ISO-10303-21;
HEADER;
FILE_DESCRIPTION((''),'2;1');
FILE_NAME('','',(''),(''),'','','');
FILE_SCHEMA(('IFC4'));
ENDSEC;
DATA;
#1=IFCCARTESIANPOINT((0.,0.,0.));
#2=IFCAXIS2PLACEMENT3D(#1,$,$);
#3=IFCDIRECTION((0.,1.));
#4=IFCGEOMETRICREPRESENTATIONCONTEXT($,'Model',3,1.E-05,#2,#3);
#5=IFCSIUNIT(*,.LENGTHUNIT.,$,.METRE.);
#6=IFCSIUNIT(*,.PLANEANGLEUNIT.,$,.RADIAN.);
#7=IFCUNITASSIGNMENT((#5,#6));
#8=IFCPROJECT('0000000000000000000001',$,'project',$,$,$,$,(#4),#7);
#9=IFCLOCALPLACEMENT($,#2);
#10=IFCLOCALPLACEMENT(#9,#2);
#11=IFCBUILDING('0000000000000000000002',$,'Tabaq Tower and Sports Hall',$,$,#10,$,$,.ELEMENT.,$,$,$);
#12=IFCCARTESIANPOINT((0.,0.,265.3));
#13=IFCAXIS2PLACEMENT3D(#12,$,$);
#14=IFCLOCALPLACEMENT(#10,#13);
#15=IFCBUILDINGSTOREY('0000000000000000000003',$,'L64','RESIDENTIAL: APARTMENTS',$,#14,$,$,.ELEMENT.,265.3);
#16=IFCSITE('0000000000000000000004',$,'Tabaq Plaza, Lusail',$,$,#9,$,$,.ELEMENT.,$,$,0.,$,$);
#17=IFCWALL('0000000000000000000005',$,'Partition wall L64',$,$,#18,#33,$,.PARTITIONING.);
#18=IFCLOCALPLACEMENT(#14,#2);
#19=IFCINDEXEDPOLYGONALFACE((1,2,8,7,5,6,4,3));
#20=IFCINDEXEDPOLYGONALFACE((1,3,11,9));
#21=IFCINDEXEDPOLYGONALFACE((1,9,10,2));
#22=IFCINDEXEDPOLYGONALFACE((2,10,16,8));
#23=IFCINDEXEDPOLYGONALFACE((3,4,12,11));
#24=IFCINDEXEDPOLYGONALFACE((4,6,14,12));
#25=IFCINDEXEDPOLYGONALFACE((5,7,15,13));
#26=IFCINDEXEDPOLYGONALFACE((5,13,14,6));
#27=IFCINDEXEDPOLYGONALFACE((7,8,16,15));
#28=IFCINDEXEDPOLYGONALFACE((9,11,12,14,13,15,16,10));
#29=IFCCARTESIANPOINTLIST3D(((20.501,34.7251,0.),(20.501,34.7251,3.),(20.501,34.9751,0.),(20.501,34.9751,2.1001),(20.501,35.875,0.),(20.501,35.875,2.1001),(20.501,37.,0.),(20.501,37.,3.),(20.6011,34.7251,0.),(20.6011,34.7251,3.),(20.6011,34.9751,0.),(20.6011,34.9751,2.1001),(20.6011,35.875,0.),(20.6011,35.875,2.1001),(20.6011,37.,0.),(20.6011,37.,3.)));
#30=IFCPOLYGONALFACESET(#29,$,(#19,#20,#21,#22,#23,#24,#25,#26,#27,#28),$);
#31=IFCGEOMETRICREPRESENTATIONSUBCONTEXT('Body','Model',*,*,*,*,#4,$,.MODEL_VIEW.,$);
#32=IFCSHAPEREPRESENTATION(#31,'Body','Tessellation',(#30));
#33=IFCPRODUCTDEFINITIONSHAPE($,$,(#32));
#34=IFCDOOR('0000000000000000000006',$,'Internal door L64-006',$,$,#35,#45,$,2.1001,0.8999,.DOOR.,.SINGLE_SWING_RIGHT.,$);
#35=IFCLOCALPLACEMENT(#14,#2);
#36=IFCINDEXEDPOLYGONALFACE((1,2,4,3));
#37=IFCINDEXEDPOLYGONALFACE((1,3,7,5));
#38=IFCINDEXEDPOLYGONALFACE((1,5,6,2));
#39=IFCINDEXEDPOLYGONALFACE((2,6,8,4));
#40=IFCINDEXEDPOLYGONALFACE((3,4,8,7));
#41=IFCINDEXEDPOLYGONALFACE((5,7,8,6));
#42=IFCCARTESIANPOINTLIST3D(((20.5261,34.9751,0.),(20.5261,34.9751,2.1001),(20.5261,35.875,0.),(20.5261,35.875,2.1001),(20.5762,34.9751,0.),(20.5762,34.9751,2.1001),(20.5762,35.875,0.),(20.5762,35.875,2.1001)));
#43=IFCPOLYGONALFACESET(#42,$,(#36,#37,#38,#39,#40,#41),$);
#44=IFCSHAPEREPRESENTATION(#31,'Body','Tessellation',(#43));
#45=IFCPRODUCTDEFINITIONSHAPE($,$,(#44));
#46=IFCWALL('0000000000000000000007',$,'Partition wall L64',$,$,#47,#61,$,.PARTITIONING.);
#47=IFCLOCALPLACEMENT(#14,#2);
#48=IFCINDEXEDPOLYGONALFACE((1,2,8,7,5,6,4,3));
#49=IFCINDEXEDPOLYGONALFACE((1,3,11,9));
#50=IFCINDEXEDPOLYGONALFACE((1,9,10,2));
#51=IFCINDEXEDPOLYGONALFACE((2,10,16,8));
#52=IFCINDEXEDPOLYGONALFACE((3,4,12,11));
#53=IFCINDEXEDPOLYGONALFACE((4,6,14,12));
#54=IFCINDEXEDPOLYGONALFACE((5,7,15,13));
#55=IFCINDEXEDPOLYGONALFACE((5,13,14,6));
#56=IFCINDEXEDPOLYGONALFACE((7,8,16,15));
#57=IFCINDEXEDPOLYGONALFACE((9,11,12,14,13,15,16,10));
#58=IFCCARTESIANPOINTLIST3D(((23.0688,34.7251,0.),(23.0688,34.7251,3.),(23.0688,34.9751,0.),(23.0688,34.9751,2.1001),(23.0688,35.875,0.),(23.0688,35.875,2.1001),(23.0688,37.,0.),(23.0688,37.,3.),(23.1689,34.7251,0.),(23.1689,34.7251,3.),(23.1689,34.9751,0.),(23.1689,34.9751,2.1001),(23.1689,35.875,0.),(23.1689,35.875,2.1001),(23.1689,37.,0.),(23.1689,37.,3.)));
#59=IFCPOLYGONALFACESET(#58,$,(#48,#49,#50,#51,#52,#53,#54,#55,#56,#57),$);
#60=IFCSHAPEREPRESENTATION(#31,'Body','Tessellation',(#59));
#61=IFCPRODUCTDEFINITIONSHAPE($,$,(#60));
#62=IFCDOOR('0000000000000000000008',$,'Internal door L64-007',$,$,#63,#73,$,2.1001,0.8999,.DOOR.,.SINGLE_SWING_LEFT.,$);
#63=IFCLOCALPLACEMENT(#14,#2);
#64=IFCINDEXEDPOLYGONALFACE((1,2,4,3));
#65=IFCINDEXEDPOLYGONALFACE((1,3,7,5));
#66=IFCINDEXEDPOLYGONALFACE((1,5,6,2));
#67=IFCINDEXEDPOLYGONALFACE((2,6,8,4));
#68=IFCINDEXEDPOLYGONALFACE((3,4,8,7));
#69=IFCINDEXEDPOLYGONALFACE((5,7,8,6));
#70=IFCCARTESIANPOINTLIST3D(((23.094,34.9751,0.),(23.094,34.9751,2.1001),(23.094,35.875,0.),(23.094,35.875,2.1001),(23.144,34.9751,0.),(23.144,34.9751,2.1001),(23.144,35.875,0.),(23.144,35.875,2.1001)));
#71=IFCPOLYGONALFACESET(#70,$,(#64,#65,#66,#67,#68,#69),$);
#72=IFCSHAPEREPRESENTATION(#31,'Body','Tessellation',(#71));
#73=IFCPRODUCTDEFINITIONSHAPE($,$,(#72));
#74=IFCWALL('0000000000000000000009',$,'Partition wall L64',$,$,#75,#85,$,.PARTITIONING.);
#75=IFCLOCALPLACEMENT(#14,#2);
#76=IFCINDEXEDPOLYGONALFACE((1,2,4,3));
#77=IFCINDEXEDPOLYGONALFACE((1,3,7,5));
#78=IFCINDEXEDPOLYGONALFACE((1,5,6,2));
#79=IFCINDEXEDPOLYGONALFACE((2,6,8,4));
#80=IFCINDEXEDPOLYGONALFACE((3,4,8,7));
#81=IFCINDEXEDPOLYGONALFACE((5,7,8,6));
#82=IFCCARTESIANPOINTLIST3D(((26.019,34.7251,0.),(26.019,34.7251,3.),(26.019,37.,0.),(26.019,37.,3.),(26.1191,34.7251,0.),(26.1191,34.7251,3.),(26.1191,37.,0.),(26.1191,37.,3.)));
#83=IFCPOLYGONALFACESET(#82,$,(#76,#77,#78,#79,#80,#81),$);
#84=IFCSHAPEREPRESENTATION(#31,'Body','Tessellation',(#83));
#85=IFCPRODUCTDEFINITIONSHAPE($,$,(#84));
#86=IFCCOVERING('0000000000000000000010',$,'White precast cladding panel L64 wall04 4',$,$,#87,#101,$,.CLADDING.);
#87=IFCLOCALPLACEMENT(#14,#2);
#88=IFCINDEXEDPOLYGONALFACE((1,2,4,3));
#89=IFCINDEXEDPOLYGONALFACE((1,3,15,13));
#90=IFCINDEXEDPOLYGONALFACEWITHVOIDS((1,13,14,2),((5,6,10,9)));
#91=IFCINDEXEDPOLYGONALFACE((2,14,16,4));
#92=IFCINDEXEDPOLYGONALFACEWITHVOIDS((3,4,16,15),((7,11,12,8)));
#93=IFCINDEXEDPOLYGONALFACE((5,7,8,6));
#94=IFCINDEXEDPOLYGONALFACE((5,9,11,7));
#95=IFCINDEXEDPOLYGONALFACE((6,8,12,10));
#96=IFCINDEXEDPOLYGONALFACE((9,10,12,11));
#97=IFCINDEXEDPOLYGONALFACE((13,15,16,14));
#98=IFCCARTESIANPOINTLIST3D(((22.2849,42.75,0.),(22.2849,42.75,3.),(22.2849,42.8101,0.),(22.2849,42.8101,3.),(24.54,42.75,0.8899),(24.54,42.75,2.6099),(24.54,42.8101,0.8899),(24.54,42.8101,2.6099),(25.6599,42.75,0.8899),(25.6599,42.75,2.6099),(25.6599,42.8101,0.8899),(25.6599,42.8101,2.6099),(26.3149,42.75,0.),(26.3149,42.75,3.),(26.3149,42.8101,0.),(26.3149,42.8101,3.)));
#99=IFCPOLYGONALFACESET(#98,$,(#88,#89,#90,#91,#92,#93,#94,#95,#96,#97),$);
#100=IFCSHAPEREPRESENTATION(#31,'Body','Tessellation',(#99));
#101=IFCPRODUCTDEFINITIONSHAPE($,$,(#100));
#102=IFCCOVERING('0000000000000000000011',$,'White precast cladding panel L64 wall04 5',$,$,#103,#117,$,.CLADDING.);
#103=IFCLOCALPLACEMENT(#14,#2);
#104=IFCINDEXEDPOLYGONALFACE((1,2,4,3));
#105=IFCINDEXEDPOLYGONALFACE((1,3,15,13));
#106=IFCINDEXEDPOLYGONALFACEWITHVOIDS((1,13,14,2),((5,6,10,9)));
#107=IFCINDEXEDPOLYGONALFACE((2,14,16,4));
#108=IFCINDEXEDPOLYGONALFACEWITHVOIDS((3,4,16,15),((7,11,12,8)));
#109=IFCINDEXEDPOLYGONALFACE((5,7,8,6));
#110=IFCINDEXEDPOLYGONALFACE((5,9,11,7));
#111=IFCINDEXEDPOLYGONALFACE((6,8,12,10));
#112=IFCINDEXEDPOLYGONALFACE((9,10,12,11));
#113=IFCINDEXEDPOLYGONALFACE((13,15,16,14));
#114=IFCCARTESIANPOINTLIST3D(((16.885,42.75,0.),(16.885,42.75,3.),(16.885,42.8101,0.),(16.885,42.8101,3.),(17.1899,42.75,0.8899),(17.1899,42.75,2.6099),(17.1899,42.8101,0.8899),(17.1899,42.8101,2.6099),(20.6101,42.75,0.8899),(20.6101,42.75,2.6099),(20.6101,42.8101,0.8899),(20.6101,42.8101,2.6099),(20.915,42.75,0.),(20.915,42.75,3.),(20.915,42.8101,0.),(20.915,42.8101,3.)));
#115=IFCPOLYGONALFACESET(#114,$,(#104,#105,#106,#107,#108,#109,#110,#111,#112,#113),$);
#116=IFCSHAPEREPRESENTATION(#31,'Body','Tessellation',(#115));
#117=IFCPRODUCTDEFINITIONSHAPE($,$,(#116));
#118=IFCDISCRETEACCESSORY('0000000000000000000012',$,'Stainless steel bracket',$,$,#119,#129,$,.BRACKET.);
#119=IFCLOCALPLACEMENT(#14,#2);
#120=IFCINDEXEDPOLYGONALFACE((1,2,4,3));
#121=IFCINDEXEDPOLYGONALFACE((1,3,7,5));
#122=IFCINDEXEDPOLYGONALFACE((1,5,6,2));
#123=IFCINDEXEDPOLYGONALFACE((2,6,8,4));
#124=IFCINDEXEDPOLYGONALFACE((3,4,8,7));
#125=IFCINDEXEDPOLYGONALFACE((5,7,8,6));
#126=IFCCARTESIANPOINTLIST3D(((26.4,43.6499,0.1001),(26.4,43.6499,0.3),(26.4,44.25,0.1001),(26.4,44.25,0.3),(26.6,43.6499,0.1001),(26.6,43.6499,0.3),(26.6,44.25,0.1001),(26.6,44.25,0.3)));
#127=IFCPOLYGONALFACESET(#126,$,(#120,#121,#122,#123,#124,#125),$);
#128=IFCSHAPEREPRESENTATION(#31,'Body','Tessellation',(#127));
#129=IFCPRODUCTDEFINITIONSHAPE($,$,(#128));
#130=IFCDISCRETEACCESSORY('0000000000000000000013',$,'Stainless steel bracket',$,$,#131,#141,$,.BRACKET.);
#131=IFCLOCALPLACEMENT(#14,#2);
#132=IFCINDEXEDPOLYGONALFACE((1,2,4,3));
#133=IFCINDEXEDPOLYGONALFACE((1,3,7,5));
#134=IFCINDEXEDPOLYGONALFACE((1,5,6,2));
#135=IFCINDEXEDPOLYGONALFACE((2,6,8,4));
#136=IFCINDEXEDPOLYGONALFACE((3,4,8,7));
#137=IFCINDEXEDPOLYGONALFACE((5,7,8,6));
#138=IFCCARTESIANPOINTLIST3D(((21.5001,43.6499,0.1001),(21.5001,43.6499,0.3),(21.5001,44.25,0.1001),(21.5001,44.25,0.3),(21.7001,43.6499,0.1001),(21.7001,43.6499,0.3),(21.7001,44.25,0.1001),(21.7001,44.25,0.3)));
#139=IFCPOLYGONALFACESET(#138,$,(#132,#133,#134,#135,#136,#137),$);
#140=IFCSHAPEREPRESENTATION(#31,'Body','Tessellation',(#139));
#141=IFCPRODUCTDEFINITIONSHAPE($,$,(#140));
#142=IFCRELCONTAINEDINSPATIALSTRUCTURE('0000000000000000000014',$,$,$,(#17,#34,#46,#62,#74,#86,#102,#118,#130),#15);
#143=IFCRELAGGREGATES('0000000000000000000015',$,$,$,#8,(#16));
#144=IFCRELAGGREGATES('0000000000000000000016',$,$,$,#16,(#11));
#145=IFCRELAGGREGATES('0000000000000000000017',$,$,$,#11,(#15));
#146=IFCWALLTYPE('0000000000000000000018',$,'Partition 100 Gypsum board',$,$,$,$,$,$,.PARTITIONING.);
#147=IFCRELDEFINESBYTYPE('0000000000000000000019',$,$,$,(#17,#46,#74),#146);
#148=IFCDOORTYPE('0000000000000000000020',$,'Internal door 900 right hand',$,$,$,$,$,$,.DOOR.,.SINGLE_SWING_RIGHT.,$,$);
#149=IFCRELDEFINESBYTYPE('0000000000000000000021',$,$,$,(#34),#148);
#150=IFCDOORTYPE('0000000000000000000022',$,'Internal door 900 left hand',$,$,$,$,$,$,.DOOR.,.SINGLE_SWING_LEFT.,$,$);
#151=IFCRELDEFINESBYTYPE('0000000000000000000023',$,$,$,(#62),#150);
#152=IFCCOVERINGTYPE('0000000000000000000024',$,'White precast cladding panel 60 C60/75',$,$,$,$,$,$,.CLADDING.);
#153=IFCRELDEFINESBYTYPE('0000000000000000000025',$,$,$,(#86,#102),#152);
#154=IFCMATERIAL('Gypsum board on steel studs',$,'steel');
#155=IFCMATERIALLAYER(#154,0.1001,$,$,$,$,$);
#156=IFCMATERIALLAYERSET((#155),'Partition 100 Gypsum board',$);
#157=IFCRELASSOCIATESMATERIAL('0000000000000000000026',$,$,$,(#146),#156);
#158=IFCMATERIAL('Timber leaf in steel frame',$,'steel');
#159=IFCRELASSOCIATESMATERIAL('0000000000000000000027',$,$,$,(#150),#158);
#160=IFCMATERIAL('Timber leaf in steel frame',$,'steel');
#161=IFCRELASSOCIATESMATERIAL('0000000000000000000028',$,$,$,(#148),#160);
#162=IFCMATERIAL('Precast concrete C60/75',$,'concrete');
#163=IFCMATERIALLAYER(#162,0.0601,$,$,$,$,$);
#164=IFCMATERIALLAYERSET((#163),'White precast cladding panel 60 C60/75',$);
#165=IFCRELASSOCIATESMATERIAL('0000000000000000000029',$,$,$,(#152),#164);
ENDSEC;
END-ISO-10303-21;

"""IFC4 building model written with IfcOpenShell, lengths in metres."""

from ifc_helpers import new_model, si_unit, direction, frame, frame_2d, origin, origin_2d, place, context, subcontext, project, spatial, polyline, rectangle, outline, extrude, material, layer, layer_set, type_object, element, fill, save


model = new_model("IFC4")

# Units and contexts
model_context = context("Model", 3, precision=1e-05, world=origin(), true_north=direction((0.0, 1.0)))
body_context = subcontext(model_context, "Body", "Model", "MODEL_VIEW")
ifc_project = project(units=[si_unit("LENGTHUNIT", "METRE"), si_unit("PLANEANGLEUNIT", "RADIAN")], contexts=[model_context])

# Site, building, storey
site_placement = place(None, origin())
site = spatial("IfcSite", under=ifc_project, at=site_placement, Name="Tabaq Plaza, Lusail", CompositionType="ELEMENT", RefElevation=0.0)
building_placement = place(site_placement, origin())
building = spatial("IfcBuilding", under=site, at=building_placement, Name="Tabaq Tower and Sports Hall", CompositionType="ELEMENT")
storey_placement = place(building_placement, frame((0.0, 0.0, 265.3)))
storey = spatial("IfcBuildingStorey", under=building, at=storey_placement, Name="L64", Description="RESIDENTIAL: APARTMENTS", CompositionType="ELEMENT", Elevation=265.3)

# Shared definitions
ifc_material_1 = material(Name="Gypsum board on steel studs", Category="steel")
ifc_layer_1 = layer(ifc_material_1, 0.1001)
ifc_layer_set_1 = layer_set([ifc_layer_1], Name="Partition 100 Gypsum board")
wall_type = type_object("IfcWallType", Name="Partition 100 Gypsum board", PredefinedType="PARTITIONING", material=ifc_layer_set_1)

# Shared definitions
ifc_material_2 = material(Name="Timber leaf in steel frame", Category="steel")
door_type_1 = type_object("IfcDoorType", Name="Internal door 900 left hand", OperationType="SINGLE_SWING_LEFT", PredefinedType="DOOR", material=ifc_material_2)

# Shared definitions
ifc_material_3 = material(Name="Timber leaf in steel frame", Category="steel")
door_type_2 = type_object("IfcDoorType", Name="Internal door 900 right hand", OperationType="SINGLE_SWING_RIGHT", PredefinedType="DOOR", material=ifc_material_3)

# Walls, openings, doors
wall_1_placement = place(storey_placement, frame((20.551, 34.7251, 0.0), z_axis=(0.0, 0.0, 1.0), x_axis=(0.0, 1.0, 0.0)))
wall_1 = element("IfcWall", 1, at=wall_1_placement, inside=storey, type_object=wall_type, Name="Partition wall L64", PredefinedType="PARTITIONING", context=body_context, shape_type="SweptSolid", body=[
    extrude(rectangle(XDim=2.2749, YDim=0.1001, at=frame_2d((1.1375, 0.0))), origin(), (0.0, 0.0, 1.0), 3.0),
])
opening_1_placement = place(wall_1_placement, frame((0.25, 0.0, 0.0)))
opening_1 = element("IfcOpeningElement", 2, at=opening_1_placement, cuts=wall_1, PredefinedType="OPENING", context=body_context, shape_type="SweptSolid", body=[
    extrude(rectangle(XDim=0.8999, YDim=2.1001, at=frame_2d((0.45, 1.05))), frame((0.0, 0.05, 0.0), z_axis=(0.0, -1.0, 0.0), x_axis=(1.0, 0.0, 0.0)), (0.0, 0.0, 1.0), 0.1001),
])
door_1_placement = place(opening_1_placement, origin())
door_1 = element("IfcDoor", 3, at=door_1_placement, inside=storey, type_object=door_type_2, Name="Internal door L64-006", OperationType="SINGLE_SWING_RIGHT", OverallHeight=2.1001, OverallWidth=0.8999, PredefinedType="DOOR", context=body_context, shape_type="SweptSolid", body=[
    extrude(rectangle(XDim=0.8999, YDim=2.1001, at=frame_2d((0.45, 1.05))), frame((0.0, 0.0249, 0.0), z_axis=(0.0, -1.0, 0.0), x_axis=(1.0, 0.0, 0.0)), (0.0, 0.0, 1.0), 0.05),
])
fill(opening_1, door_1)
wall_2_placement = place(storey_placement, frame((23.1189, 34.7251, 0.0), z_axis=(0.0, 0.0, 1.0), x_axis=(0.0, 1.0, 0.0)))
wall_2 = element("IfcWall", 4, at=wall_2_placement, inside=storey, type_object=wall_type, Name="Partition wall L64", PredefinedType="PARTITIONING", context=body_context, shape_type="SweptSolid", body=[
    extrude(rectangle(XDim=2.2749, YDim=0.1001, at=frame_2d((1.1375, 0.0))), origin(), (0.0, 0.0, 1.0), 3.0),
])
opening_2_placement = place(wall_2_placement, frame((0.25, 0.0, 0.0)))
opening_2 = element("IfcOpeningElement", 5, at=opening_2_placement, cuts=wall_2, PredefinedType="OPENING", context=body_context, shape_type="SweptSolid", body=[
    extrude(rectangle(XDim=0.8999, YDim=2.1001, at=frame_2d((0.45, 1.05))), frame((0.0, 0.05, 0.0), z_axis=(0.0, -1.0, 0.0), x_axis=(1.0, 0.0, 0.0)), (0.0, 0.0, 1.0), 0.1001),
])
door_2_placement = place(opening_2_placement, origin())
door_2 = element("IfcDoor", 6, at=door_2_placement, inside=storey, type_object=door_type_1, Name="Internal door L64-007", OperationType="SINGLE_SWING_LEFT", OverallHeight=2.1001, OverallWidth=0.8999, PredefinedType="DOOR", context=body_context, shape_type="SweptSolid", body=[
    extrude(rectangle(XDim=0.8999, YDim=2.1001, at=frame_2d((0.45, 1.05))), frame((0.0, 0.0249, 0.0), z_axis=(0.0, -1.0, 0.0), x_axis=(1.0, 0.0, 0.0)), (0.0, 0.0, 1.0), 0.05),
])
fill(opening_2, door_2)

# Wall
wall_3_placement = place(storey_placement, frame((26.0691, 34.7251, 0.0), z_axis=(0.0, 0.0, 1.0), x_axis=(0.0, 1.0, 0.0)))
element("IfcWall", 7, at=wall_3_placement, inside=storey, type_object=wall_type, Name="Partition wall L64", PredefinedType="PARTITIONING", context=body_context, shape_type="SweptSolid", body=[
    extrude(rectangle(XDim=2.2749, YDim=0.1001, at=frame_2d((1.1375, 0.0))), origin(), (0.0, 0.0, 1.0), 3.0),
])

# Coverings
ifc_material_4 = material(Name="Precast concrete C60/75", Category="concrete")
ifc_layer_2 = layer(ifc_material_4, 0.0601)
ifc_layer_set_2 = layer_set([ifc_layer_2], Name="White precast cladding panel 60 C60/75")
covering_type = type_object("IfcCoveringType", Name="White precast cladding panel 60 C60/75", PredefinedType="CLADDING", material=ifc_layer_set_2)
covering_1_placement = place(storey_placement, frame((26.3149, 42.78, 0.0), z_axis=(0.0, 0.0, 1.0), x_axis=(-1.0, 0.0, 0.0)))
element("IfcCovering", 8, at=covering_1_placement, inside=storey, type_object=covering_type, Name="White precast cladding panel L64 wall04 4", PredefinedType="CLADDING", context=body_context, shape_type="SweptSolid", body=[
    extrude(outline(polyline([(0.0, 0.0), (4.03, 0.0), (4.03, 3.0), (0.0, 3.0), (0.0, 0.0)]), holes=[polyline([(0.655, 0.8899), (0.655, 2.6099), (1.7749, 2.6099), (1.7749, 0.8899), (0.655, 0.8899)])]), frame((0.0, 0.03, 0.0), z_axis=(0.0, -1.0, 0.0), x_axis=(1.0, 0.0, 0.0)), (0.0, 0.0, 1.0), 0.0601),
])
covering_2_placement = place(storey_placement, frame((20.915, 42.78, 0.0), z_axis=(0.0, 0.0, 1.0), x_axis=(-1.0, 0.0, 0.0)))
element("IfcCovering", 9, at=covering_2_placement, inside=storey, type_object=covering_type, Name="White precast cladding panel L64 wall04 5", PredefinedType="CLADDING", context=body_context, shape_type="SweptSolid", body=[
    extrude(outline(polyline([(0.0, 0.0), (4.03, 0.0), (4.03, 3.0), (0.0, 3.0), (0.0, 0.0)]), holes=[polyline([(0.3049, 0.8899), (0.3049, 2.6099), (3.7251, 2.6099), (3.7251, 0.8899), (0.3049, 0.8899)])]), frame((0.0, 0.03, 0.0), z_axis=(0.0, -1.0, 0.0), x_axis=(1.0, 0.0, 0.0)), (0.0, 0.0, 1.0), 0.0601),
])

# Discrete accessories
for number, where, z_axis, x_axis, name in (
    (10, (26.5, 43.95, 0.1001), (0.0, 0.0, 1.0), (0.0, 1.0, 0.0), "Stainless steel bracket"),
    (11, (21.6001, 43.95, 0.1001), (0.0, 0.0, 1.0), (0.0, 1.0, 0.0), "Stainless steel bracket"),
):
    element("IfcDiscreteAccessory", number, at=place(storey_placement, frame(where, z_axis=z_axis, x_axis=x_axis)), inside=storey, Name=name, PredefinedType="BRACKET", context=body_context, shape_type="SweptSolid", body=[
        extrude(rectangle(XDim=0.6001, YDim=0.2, at=origin_2d()), origin(), (0.0, 0.0, 1.0), 0.2),
    ])

save(model, "model.ifc")
